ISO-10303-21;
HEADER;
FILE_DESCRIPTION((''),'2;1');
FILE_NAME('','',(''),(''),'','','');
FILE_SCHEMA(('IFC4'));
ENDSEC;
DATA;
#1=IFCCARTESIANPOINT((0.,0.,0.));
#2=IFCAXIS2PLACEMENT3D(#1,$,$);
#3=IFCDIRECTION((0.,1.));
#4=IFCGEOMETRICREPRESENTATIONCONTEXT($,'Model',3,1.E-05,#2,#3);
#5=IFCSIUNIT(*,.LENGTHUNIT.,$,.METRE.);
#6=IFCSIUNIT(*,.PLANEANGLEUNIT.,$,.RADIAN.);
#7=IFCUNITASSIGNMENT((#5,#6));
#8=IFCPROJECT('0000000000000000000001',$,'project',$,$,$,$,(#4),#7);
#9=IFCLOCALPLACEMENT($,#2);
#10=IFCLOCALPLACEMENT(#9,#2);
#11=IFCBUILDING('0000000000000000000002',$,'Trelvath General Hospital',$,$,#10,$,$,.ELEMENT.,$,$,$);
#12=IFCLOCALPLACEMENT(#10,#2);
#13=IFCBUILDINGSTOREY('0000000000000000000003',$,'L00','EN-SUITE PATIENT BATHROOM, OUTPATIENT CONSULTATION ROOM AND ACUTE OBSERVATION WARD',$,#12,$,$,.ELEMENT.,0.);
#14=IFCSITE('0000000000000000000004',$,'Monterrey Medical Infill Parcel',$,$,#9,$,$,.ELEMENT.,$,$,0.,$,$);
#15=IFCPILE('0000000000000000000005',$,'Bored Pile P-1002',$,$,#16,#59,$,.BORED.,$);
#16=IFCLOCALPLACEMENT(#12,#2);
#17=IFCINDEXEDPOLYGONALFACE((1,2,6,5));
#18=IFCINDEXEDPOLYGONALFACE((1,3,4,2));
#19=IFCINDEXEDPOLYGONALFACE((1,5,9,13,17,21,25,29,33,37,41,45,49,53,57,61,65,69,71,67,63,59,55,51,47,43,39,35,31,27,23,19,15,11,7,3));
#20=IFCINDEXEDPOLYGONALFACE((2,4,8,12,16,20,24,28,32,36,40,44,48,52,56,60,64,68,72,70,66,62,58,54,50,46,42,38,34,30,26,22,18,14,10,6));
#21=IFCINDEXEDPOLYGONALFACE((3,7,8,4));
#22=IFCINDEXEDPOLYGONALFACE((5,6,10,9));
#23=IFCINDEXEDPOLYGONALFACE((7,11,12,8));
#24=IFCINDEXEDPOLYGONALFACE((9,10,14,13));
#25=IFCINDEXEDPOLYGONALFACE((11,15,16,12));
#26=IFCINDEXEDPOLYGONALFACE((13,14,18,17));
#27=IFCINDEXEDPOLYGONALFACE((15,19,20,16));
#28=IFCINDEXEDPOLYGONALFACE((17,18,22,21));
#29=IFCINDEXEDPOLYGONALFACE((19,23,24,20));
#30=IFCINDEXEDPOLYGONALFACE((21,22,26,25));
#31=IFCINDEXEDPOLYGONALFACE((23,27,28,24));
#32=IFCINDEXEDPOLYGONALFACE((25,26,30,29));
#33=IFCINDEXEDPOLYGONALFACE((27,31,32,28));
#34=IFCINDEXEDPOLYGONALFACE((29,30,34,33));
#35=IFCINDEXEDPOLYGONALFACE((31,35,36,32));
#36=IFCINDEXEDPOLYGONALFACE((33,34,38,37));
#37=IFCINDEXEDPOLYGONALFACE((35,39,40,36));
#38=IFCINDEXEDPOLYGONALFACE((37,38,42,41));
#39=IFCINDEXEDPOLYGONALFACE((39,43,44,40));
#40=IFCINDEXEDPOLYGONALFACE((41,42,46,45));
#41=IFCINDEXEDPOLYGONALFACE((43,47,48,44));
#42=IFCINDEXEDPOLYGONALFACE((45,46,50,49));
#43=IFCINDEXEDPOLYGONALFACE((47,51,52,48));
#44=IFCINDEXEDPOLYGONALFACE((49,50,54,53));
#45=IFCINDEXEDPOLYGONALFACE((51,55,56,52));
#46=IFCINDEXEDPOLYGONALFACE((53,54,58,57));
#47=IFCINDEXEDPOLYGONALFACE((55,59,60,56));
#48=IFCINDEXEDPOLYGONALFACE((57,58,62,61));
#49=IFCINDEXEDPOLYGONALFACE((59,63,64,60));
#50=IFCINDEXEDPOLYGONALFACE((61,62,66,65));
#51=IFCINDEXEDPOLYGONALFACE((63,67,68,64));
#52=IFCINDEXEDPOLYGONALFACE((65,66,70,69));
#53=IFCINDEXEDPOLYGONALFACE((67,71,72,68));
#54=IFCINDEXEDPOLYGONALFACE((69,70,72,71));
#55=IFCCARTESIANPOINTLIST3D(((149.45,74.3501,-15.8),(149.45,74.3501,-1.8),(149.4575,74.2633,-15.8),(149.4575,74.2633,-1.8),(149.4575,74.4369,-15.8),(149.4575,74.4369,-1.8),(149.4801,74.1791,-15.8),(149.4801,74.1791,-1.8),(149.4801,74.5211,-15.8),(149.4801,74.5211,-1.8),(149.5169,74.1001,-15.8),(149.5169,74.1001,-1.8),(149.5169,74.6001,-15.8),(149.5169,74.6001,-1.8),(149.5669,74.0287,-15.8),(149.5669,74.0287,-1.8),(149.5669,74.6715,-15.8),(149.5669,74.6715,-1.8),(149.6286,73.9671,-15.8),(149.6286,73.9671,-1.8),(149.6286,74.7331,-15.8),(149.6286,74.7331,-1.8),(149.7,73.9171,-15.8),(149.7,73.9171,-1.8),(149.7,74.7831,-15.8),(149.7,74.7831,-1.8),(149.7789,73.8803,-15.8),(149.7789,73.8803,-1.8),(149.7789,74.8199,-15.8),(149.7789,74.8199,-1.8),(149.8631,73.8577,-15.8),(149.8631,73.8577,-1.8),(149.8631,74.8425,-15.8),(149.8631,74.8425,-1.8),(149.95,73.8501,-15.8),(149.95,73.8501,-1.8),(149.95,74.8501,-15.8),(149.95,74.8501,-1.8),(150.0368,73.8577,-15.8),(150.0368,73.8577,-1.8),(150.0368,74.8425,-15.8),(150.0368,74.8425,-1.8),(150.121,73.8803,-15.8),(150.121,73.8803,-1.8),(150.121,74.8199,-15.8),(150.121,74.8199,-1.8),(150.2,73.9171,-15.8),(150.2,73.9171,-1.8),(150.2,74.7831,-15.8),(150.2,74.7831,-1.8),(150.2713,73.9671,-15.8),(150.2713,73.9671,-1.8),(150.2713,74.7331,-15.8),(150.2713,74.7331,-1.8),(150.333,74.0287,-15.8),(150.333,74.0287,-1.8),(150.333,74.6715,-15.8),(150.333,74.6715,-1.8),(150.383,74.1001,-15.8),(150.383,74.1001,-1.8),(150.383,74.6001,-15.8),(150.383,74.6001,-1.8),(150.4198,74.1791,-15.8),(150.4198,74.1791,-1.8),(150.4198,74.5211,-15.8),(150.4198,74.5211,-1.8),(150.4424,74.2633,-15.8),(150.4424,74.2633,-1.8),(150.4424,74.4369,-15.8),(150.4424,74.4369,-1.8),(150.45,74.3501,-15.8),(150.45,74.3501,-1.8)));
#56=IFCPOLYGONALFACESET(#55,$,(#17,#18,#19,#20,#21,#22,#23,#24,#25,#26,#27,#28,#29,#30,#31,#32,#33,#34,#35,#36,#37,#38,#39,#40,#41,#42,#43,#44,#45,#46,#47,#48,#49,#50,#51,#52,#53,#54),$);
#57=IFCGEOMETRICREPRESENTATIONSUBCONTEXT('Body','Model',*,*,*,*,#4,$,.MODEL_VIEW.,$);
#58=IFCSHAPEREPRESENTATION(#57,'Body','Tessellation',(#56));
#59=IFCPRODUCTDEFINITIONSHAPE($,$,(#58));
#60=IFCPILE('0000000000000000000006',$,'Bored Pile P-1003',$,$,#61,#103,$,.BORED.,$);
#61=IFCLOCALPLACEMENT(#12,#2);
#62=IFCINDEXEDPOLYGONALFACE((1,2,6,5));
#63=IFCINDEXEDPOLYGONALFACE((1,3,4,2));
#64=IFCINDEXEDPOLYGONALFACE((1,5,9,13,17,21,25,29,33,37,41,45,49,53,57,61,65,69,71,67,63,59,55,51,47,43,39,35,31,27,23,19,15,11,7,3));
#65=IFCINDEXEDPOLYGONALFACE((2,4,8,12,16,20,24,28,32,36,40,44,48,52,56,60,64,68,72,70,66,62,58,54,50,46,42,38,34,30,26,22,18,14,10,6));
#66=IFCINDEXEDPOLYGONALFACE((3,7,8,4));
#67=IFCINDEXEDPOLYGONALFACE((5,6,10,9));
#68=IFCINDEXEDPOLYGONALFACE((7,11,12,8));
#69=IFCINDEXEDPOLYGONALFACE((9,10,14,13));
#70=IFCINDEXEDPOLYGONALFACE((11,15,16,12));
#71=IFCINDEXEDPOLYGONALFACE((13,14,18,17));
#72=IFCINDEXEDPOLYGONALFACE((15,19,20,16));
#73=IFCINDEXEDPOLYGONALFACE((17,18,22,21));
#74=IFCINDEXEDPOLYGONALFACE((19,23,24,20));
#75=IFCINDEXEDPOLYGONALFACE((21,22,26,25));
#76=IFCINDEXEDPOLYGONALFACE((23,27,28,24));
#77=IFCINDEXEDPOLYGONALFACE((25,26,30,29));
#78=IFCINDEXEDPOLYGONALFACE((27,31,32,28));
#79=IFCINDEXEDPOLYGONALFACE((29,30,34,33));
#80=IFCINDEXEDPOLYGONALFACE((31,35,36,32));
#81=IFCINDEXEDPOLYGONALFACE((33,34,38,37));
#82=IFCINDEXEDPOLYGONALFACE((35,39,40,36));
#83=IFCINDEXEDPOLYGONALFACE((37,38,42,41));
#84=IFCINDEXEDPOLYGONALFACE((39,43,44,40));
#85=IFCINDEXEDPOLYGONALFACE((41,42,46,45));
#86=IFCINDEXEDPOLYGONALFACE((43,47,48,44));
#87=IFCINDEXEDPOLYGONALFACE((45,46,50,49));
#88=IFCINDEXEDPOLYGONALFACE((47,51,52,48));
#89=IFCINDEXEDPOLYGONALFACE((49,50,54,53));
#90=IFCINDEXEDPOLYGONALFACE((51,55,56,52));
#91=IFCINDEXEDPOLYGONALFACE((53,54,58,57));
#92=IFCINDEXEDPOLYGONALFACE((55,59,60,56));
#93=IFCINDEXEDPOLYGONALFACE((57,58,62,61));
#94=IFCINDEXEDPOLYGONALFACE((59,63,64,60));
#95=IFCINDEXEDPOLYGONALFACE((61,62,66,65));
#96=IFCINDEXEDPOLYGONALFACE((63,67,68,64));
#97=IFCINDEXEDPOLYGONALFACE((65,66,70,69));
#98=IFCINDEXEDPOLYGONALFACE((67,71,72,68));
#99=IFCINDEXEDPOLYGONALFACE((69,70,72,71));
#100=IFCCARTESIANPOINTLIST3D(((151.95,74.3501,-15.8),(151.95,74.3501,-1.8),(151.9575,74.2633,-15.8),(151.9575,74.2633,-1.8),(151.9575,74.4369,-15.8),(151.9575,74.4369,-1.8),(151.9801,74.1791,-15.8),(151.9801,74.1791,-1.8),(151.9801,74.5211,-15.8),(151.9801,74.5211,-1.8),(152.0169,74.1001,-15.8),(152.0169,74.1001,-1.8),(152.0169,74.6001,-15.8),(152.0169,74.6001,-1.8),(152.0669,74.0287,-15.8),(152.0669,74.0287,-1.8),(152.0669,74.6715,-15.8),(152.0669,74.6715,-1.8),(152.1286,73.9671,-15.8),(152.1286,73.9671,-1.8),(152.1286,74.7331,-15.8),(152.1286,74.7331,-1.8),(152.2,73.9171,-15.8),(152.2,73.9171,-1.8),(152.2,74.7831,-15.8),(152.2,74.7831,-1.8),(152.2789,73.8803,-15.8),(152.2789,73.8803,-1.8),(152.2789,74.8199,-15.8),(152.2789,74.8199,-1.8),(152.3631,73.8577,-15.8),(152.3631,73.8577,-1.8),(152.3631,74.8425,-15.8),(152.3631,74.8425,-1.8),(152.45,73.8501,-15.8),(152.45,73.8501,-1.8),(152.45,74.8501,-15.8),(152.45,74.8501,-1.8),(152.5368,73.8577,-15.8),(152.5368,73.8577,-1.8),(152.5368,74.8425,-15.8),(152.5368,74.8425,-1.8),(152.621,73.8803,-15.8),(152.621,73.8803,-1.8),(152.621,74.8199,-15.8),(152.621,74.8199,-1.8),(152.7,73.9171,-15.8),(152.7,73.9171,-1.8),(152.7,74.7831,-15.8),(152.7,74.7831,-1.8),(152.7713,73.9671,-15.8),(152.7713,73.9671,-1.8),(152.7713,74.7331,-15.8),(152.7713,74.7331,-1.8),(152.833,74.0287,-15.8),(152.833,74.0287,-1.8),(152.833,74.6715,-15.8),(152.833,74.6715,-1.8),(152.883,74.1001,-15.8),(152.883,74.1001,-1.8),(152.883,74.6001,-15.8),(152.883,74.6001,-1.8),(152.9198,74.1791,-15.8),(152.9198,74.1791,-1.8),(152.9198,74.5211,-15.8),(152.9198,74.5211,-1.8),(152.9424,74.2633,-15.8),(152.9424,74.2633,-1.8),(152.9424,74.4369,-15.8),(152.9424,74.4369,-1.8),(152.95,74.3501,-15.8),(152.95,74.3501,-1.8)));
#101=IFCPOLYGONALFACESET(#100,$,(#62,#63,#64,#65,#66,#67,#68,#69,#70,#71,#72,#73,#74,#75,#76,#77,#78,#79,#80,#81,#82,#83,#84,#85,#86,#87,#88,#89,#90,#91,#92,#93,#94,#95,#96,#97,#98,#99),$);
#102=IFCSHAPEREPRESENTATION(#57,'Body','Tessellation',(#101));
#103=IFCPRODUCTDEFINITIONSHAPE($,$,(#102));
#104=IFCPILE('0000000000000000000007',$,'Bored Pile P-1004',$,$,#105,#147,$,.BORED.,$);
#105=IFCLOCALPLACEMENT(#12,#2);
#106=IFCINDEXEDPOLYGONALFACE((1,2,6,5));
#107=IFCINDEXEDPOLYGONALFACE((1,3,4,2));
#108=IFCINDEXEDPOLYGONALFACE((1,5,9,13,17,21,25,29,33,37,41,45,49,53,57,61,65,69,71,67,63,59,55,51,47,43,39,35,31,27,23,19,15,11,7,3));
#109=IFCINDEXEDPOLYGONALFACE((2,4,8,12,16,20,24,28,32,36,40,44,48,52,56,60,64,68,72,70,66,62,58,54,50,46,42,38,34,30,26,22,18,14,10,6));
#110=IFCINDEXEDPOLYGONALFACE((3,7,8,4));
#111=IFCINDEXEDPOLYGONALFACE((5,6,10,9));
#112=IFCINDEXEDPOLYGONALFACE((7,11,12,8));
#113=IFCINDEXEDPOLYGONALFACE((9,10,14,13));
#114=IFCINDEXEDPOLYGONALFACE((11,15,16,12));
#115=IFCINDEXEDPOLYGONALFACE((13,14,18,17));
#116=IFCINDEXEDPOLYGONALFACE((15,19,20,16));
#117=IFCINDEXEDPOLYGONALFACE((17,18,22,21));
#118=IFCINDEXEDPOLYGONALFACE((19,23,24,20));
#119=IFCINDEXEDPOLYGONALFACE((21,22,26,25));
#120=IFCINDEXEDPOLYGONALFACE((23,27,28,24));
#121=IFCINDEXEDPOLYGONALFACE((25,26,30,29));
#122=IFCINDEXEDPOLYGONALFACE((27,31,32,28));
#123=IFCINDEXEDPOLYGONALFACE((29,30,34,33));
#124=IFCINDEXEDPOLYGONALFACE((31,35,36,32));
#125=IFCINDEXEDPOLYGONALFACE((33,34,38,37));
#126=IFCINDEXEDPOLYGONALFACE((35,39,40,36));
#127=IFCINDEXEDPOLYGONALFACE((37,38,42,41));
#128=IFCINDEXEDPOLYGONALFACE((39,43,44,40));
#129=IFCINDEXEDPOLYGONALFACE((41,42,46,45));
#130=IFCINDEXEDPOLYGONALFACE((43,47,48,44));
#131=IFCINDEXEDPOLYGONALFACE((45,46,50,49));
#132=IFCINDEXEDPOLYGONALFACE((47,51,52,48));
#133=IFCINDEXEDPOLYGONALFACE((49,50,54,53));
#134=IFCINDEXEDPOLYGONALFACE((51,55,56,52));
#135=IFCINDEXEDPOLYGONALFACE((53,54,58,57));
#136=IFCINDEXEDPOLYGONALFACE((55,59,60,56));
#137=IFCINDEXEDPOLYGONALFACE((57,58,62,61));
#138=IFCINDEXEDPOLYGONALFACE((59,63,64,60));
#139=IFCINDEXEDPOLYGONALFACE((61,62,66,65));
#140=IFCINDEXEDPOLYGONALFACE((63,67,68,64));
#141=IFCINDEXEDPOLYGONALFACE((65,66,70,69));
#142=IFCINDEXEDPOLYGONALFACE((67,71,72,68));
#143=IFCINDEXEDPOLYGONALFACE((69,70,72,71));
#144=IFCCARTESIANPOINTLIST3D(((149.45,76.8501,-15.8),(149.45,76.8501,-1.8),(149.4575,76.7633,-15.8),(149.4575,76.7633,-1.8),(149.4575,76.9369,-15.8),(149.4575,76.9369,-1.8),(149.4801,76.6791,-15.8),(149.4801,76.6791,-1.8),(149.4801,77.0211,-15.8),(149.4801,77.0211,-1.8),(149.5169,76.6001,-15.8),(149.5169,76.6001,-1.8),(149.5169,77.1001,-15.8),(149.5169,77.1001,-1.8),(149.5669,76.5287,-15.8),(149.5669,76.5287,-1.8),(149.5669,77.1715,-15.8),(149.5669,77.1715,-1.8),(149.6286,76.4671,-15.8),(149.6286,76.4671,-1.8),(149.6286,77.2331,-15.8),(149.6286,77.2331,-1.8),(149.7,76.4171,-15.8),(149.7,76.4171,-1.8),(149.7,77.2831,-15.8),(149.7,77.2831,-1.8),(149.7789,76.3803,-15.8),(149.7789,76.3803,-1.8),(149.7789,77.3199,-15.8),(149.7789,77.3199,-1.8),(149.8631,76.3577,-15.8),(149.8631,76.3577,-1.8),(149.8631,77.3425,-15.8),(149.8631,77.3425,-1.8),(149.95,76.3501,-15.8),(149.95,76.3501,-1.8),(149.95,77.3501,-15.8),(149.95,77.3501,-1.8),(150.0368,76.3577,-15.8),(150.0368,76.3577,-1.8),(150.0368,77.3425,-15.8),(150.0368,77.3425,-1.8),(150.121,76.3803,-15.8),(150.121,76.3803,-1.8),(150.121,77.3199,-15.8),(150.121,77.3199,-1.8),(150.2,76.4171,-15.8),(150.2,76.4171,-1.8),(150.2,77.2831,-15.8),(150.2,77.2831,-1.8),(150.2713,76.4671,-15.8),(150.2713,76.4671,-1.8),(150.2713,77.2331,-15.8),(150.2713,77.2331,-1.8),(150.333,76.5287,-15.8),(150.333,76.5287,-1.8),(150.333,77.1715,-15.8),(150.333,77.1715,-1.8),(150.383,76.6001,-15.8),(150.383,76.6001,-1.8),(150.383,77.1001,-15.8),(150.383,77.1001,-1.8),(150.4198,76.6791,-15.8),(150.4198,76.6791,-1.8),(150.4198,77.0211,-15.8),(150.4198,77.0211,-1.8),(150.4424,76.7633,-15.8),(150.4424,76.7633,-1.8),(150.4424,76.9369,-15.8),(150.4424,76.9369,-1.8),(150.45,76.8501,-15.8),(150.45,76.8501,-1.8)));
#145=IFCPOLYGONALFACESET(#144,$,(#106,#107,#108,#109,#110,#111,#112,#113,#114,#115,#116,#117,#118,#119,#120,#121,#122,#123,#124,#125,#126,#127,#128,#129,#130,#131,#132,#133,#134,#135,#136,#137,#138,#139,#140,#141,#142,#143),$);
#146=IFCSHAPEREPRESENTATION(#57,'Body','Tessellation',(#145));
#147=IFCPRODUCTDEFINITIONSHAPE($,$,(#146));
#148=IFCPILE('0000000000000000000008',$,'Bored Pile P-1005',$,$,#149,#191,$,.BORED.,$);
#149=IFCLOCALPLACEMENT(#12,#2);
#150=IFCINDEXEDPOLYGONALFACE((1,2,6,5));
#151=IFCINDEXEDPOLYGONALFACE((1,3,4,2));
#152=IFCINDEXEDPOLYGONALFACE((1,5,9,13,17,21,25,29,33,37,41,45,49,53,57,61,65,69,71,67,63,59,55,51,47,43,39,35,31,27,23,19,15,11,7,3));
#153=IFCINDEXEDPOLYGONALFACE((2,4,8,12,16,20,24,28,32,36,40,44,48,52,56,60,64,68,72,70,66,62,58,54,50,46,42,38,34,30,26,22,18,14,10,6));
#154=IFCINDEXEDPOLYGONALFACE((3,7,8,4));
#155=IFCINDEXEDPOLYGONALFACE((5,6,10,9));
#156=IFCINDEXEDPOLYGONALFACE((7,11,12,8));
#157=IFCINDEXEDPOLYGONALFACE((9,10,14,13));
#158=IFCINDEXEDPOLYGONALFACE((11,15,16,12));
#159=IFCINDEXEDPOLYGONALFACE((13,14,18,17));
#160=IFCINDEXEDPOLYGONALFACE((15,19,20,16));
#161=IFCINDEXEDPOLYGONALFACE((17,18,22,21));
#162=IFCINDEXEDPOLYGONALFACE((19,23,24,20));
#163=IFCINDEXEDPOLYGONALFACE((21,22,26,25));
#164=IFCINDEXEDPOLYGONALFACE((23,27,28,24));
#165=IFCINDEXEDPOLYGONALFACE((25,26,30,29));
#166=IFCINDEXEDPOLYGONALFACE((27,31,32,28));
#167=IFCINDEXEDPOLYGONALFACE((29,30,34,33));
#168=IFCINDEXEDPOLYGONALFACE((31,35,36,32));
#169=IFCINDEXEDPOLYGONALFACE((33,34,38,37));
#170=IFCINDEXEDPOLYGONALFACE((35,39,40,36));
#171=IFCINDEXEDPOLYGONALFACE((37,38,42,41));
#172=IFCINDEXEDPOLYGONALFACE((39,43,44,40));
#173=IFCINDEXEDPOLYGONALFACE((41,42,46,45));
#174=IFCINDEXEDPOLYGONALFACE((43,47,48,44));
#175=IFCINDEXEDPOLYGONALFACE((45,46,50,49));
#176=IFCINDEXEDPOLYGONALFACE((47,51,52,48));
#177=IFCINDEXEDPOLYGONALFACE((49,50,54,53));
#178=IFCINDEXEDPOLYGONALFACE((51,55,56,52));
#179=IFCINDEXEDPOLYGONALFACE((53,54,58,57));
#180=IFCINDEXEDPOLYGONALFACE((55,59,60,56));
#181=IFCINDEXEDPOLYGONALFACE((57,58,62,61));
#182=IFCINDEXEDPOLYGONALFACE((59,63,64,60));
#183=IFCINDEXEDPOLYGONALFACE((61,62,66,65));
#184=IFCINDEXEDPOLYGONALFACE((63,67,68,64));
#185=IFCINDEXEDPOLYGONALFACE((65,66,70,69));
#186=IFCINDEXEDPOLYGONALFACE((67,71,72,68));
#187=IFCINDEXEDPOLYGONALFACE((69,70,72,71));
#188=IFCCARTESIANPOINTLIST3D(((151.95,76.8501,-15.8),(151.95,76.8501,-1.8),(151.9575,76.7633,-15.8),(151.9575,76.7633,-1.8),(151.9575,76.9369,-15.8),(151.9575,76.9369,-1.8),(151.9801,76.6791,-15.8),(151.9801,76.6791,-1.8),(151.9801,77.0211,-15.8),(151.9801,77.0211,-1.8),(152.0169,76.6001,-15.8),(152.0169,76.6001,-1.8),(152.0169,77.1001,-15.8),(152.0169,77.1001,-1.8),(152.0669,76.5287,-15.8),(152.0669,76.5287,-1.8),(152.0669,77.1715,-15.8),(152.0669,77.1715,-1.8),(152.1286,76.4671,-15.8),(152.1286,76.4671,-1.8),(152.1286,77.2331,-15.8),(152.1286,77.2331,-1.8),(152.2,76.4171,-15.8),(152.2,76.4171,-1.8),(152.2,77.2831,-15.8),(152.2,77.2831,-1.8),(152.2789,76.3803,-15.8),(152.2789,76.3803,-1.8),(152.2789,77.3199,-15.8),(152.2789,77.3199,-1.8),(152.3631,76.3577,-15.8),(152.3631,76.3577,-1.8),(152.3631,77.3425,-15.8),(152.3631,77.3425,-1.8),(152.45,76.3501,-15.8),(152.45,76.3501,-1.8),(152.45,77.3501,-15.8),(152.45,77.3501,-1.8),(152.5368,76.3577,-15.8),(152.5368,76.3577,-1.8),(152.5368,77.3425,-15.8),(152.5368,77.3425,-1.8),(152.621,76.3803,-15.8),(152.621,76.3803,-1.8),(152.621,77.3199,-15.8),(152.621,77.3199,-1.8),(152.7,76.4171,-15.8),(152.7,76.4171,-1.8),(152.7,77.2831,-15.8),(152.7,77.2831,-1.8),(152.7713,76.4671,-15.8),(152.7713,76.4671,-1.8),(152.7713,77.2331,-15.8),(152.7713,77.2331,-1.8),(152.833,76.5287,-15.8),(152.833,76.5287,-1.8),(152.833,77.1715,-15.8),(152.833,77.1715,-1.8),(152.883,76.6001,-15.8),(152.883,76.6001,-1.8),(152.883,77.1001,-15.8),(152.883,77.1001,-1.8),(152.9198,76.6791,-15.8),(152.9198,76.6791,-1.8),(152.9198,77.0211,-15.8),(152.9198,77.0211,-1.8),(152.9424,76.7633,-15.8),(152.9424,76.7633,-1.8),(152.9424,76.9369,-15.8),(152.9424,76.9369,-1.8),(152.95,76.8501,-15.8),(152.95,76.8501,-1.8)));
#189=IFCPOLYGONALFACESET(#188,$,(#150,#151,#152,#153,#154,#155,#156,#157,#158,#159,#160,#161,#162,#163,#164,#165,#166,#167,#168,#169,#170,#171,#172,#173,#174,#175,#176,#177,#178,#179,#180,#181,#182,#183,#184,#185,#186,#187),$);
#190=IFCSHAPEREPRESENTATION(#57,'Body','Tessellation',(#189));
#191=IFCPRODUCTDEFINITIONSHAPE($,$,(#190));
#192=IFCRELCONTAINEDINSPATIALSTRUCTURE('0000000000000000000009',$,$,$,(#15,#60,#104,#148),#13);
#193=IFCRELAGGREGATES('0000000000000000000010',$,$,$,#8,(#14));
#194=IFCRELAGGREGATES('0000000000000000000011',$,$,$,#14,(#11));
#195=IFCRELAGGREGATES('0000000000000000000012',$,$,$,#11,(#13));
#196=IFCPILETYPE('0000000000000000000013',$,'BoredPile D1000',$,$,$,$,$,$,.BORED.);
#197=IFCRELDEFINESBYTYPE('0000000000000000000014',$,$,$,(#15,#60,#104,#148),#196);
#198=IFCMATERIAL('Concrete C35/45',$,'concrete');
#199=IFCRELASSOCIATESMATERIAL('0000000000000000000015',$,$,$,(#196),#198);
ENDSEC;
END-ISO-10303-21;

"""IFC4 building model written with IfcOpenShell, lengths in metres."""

from ifc_helpers import new_model, si_unit, direction, frame, origin, origin_2d, place, context, subcontext, project, spatial, circle, extrude, material, material_profile, profile_set, type_object, element, save


model = new_model("IFC4")

# Units and contexts
model_context = context("Model", 3, precision=1e-05, world=origin(), true_north=direction((0.0, 1.0)))
body_context = subcontext(model_context, "Body", "Model", "MODEL_VIEW")
ifc_project = project(units=[si_unit("LENGTHUNIT", "METRE"), si_unit("PLANEANGLEUNIT", "RADIAN")], contexts=[model_context])

# Site, building, storey
site_placement = place(None, origin())
site = spatial("IfcSite", under=ifc_project, at=site_placement, Name="Monterrey Medical Infill Parcel", CompositionType="ELEMENT", RefElevation=0.0)
building_placement = place(site_placement, origin())
building = spatial("IfcBuilding", under=site, at=building_placement, Name="Trelvath General Hospital", CompositionType="ELEMENT")
storey_placement = place(building_placement, origin())
storey = spatial("IfcBuildingStorey", under=building, at=storey_placement, Name="L00", Description="EN-SUITE PATIENT BATHROOM, OUTPATIENT CONSULTATION ROOM AND ACUTE OBSERVATION WARD", CompositionType="ELEMENT", Elevation=0.0)

# Piles
ifc_material_1 = material(Name="Concrete C35/45", Category="concrete")
ifc_material_profile_1 = material_profile(ifc_material_1, circle(Radius=0.5, at=origin_2d()), Name="PILE1000")
ifc_profile_set_1 = profile_set([ifc_material_profile_1], Name="Concrete C35/45")
pile_type_1 = type_object("IfcPileType", Name="BoredPile D1000", PredefinedType="BORED", material=ifc_profile_set_1)
for number, where, z_axis, x_axis, name in (
    (1, (149.95, 74.3501, -1.8), (0.0, 0.0, -1.0), (1.0, 0.0, 0.0), "Bored Pile P-1002"),
    (2, (152.45, 74.3501, -1.8), (0.0, 0.0, -1.0), (1.0, 0.0, 0.0), "Bored Pile P-1003"),
    (3, (149.95, 76.8501, -1.8), (0.0, 0.0, -1.0), (1.0, 0.0, 0.0), "Bored Pile P-1004"),
    (4, (152.45, 76.8501, -1.8), (0.0, 0.0, -1.0), (1.0, 0.0, 0.0), "Bored Pile P-1005"),
):
    element("IfcPile", number, at=place(storey_placement, frame(where, z_axis=z_axis, x_axis=x_axis)), inside=storey, type_object=pile_type_1, Name=name, PredefinedType="BORED", context=body_context, shape_type="SweptSolid", body=[
        extrude(circle(Radius=0.5, at=origin_2d()), origin(), (0.0, 0.0, 1.0), 14.0),
    ])

save(model, "model.ifc")
